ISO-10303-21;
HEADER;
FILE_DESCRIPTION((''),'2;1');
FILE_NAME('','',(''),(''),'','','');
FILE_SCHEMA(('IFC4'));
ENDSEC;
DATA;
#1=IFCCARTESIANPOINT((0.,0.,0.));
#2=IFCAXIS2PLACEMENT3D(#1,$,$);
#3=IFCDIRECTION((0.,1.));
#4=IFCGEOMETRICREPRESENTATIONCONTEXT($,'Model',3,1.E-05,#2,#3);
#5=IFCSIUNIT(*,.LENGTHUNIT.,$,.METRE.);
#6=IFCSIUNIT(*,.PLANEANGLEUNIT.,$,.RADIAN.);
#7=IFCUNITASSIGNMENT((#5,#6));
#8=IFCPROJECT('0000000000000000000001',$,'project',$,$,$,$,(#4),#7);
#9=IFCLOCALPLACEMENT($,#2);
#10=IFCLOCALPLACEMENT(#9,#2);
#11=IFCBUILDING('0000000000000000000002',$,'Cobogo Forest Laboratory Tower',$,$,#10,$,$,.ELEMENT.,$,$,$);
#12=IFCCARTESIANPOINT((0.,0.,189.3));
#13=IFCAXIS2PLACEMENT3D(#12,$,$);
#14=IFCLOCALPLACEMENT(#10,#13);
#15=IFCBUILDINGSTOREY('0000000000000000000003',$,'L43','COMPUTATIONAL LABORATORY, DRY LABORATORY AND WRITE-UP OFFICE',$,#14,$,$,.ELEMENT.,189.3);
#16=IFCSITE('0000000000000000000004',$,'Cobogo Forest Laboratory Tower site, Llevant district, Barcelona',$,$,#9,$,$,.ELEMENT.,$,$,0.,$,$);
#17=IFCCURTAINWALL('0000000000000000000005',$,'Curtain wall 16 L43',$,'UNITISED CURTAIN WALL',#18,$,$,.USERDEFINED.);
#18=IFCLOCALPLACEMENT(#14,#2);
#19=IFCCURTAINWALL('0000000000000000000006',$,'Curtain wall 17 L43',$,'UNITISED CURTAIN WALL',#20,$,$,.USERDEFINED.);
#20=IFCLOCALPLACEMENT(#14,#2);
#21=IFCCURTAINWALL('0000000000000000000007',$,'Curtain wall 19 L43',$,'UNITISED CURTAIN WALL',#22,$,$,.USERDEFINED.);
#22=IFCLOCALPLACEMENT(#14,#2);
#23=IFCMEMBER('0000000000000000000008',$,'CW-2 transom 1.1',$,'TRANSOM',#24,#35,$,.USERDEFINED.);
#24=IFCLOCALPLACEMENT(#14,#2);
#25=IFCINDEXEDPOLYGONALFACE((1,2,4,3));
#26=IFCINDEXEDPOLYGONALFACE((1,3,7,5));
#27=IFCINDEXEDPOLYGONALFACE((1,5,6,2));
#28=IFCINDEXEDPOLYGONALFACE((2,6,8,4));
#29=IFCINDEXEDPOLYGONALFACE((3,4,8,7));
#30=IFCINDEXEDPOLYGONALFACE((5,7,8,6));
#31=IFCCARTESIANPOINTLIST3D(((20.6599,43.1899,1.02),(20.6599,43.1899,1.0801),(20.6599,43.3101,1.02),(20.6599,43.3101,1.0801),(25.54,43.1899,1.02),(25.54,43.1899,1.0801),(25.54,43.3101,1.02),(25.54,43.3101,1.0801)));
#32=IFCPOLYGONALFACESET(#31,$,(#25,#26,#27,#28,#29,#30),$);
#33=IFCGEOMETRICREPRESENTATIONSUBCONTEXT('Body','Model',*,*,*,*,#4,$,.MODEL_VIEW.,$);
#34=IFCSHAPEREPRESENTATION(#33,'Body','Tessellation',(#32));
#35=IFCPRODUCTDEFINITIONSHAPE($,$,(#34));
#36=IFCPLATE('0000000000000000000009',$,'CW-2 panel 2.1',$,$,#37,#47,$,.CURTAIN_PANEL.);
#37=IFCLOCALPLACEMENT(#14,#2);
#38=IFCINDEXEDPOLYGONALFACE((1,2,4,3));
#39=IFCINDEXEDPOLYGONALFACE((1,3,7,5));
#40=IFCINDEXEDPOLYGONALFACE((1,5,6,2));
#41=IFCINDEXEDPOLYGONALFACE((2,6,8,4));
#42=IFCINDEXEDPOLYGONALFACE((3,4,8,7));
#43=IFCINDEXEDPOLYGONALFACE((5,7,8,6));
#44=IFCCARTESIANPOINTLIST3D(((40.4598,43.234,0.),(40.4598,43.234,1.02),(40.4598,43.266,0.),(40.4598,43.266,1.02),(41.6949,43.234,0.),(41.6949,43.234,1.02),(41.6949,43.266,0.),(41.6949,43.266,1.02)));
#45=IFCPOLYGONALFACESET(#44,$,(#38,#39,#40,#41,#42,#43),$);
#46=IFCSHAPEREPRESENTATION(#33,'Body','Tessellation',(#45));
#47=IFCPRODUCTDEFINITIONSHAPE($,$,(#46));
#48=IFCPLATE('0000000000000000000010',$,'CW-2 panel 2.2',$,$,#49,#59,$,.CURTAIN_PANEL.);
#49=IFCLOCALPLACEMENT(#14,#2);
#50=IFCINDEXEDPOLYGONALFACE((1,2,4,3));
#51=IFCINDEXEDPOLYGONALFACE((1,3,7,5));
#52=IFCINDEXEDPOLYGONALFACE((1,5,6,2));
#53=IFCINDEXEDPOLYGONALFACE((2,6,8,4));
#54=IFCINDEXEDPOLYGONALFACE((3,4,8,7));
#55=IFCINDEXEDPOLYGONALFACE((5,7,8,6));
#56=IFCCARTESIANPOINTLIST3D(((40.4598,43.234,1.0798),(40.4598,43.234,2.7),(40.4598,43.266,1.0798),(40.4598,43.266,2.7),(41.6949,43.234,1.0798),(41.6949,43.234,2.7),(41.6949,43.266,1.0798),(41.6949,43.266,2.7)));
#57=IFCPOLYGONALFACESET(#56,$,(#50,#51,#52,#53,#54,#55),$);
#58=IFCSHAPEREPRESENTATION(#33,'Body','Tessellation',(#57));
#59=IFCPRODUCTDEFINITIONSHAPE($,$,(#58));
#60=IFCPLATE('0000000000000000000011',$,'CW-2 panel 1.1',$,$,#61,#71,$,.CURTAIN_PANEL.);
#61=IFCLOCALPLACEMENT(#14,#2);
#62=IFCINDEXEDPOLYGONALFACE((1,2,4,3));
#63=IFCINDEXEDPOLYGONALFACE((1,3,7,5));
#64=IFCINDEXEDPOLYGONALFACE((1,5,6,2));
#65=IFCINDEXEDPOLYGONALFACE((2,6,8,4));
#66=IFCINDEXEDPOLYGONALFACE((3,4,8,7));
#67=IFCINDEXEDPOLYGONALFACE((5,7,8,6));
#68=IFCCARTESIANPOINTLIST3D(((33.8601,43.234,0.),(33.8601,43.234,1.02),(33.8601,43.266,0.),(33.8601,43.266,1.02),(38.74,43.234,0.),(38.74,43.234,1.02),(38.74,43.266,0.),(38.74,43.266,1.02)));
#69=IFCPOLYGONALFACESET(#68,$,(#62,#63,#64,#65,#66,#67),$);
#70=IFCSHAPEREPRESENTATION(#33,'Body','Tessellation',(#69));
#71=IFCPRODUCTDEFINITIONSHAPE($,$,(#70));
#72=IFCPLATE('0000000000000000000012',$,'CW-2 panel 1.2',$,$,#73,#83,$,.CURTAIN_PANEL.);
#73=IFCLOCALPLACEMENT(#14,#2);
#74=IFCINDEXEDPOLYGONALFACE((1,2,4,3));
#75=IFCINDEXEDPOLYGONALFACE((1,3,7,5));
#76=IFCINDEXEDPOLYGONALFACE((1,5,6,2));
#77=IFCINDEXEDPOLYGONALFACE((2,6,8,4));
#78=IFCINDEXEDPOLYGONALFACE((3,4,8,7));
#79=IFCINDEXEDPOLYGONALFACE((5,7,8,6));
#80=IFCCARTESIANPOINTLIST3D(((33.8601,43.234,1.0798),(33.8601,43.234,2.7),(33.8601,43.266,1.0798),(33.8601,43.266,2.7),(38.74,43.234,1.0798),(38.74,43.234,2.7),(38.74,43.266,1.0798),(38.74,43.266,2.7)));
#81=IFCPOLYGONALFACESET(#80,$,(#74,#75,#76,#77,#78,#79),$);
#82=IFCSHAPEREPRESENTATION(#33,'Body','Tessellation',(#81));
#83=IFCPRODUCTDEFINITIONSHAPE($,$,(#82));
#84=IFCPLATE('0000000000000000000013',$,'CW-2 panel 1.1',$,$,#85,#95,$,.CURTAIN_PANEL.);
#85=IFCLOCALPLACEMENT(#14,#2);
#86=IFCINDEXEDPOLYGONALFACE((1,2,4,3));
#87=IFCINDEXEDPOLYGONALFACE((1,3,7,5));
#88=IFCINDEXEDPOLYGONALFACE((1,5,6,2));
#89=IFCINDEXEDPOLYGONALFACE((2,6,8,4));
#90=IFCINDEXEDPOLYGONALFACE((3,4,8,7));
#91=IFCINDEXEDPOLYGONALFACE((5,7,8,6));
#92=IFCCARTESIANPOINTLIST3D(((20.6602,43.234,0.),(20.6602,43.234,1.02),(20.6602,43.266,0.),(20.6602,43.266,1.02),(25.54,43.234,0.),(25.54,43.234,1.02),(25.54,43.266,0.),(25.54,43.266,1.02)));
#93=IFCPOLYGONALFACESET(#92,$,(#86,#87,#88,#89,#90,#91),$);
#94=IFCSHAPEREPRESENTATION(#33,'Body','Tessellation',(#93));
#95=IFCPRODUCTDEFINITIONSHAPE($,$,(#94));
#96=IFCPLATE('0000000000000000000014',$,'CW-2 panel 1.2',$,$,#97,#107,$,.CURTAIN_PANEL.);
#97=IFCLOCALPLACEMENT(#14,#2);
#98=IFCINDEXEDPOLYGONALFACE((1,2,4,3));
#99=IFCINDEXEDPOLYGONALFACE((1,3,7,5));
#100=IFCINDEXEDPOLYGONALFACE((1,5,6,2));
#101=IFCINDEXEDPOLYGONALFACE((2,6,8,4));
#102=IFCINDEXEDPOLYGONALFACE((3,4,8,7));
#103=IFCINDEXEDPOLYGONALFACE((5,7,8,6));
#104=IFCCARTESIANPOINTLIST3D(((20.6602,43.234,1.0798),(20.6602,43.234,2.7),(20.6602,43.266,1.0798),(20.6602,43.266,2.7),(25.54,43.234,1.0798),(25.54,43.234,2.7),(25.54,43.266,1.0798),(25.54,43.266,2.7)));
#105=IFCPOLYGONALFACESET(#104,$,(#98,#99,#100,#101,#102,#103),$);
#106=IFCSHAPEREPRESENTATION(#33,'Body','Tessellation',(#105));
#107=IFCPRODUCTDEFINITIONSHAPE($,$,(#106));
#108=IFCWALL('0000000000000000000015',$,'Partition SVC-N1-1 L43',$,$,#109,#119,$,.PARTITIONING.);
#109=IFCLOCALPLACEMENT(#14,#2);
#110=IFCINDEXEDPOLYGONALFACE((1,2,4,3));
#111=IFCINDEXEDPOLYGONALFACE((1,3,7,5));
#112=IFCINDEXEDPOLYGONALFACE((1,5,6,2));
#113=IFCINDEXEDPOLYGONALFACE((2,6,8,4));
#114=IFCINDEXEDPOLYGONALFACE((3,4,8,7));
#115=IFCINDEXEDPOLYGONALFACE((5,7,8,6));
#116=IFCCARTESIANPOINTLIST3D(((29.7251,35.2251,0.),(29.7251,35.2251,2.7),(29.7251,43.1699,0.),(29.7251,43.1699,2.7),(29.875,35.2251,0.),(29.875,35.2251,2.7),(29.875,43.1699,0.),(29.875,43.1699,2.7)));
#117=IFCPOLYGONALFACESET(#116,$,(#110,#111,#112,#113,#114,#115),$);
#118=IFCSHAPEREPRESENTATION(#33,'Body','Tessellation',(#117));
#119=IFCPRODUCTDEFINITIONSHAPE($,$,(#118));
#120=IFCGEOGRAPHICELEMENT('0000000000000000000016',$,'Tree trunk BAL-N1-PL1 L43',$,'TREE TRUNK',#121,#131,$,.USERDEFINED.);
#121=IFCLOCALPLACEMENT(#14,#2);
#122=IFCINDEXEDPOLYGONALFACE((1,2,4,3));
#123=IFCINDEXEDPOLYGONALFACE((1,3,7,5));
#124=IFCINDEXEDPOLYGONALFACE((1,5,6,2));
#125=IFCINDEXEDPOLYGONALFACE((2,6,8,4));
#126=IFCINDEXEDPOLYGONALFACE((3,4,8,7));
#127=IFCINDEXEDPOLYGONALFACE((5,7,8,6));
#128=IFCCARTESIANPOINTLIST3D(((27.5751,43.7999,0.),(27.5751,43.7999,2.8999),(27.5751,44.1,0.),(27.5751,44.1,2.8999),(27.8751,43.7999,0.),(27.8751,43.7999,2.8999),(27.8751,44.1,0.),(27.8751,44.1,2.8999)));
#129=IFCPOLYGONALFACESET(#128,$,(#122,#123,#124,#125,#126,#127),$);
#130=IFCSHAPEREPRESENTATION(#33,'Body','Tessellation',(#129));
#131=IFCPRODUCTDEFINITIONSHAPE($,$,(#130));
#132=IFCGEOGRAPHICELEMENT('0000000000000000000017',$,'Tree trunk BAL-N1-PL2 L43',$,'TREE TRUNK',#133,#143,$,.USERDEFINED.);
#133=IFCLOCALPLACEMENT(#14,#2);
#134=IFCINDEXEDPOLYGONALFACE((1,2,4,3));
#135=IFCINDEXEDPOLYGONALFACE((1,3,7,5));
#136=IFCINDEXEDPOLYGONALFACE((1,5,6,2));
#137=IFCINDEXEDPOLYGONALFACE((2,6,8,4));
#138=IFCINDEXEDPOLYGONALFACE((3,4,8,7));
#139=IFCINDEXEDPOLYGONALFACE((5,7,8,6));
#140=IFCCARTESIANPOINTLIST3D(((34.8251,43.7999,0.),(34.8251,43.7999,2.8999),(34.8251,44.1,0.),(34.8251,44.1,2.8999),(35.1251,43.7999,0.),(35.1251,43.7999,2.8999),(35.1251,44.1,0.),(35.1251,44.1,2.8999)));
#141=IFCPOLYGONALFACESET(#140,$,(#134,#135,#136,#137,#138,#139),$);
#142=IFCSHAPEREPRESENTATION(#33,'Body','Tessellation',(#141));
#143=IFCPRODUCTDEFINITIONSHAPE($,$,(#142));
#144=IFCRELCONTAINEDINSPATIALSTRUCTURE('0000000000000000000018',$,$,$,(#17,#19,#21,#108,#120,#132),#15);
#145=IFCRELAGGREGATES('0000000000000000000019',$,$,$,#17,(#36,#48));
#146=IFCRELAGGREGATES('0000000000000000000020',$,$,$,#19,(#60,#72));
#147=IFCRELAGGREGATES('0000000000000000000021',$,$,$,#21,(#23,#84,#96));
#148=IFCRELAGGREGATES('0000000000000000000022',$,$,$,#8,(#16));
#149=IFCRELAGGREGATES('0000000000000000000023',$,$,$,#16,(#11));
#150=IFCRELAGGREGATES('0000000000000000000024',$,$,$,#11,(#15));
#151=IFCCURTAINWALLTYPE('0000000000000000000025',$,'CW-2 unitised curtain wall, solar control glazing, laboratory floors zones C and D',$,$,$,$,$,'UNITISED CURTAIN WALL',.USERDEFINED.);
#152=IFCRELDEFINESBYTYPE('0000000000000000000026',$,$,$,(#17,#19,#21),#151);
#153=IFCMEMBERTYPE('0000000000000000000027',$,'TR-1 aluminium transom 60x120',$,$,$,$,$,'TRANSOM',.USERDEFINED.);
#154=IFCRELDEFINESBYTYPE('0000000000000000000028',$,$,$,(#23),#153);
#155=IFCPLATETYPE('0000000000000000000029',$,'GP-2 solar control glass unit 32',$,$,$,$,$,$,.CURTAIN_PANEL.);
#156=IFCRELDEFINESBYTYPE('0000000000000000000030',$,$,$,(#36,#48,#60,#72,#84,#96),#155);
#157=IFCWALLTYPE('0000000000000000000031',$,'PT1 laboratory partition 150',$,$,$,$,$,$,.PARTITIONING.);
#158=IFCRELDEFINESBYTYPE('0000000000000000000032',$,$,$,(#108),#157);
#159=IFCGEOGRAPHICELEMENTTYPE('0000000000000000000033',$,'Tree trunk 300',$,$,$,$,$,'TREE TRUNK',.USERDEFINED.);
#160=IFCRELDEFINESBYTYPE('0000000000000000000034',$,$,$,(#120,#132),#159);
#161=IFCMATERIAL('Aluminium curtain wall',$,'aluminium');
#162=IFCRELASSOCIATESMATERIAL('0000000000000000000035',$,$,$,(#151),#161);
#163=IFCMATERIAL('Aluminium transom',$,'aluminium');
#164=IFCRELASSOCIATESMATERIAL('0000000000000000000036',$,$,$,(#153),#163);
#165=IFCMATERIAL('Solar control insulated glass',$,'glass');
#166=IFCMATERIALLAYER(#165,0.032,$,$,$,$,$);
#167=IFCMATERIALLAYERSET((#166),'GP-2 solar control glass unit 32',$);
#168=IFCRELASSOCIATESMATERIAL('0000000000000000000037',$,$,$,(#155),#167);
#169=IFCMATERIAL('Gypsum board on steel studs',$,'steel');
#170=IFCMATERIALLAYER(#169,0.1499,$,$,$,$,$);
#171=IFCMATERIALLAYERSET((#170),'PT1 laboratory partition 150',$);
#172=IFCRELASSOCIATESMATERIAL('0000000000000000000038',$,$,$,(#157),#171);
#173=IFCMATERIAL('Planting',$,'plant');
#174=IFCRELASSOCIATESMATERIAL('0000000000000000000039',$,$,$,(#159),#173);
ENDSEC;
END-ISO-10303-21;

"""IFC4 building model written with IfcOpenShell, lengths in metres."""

from ifc_helpers import new_model, si_unit, direction, frame, frame_2d, origin, origin_2d, place, context, subcontext, project, spatial, rectangle, extrude, material, layer, layer_set, material_profile, profile_set, type_object, element, aggregate, save


model = new_model("IFC4")

# Units and contexts
model_context = context("Model", 3, precision=1e-05, world=origin(), true_north=direction((0.0, 1.0)))
body_context = subcontext(model_context, "Body", "Model", "MODEL_VIEW")
ifc_project = project(units=[si_unit("LENGTHUNIT", "METRE"), si_unit("PLANEANGLEUNIT", "RADIAN")], contexts=[model_context])

# Site, building, storey
site_placement = place(None, origin())
site = spatial("IfcSite", under=ifc_project, at=site_placement, Name="Cobogo Forest Laboratory Tower site, Llevant district, Barcelona", CompositionType="ELEMENT", RefElevation=0.0)
building_placement = place(site_placement, origin())
building = spatial("IfcBuilding", under=site, at=building_placement, Name="Cobogo Forest Laboratory Tower", CompositionType="ELEMENT")
storey_placement = place(building_placement, frame((0.0, 0.0, 189.3)))
storey = spatial("IfcBuildingStorey", under=building, at=storey_placement, Name="L43", Description="COMPUTATIONAL LABORATORY, DRY LABORATORY AND WRITE-UP OFFICE", CompositionType="ELEMENT", Elevation=189.3)

# Curtain wall
ifc_material_1 = material(Name="Aluminium curtain wall", Category="aluminium")
curtain_wall_type = type_object("IfcCurtainWallType", Name="CW-2 unitised curtain wall, solar control glazing, laboratory floors zones C and D", ElementType="UNITISED CURTAIN WALL", PredefinedType="USERDEFINED", material=ifc_material_1)
curtain_wall_1_placement = place(storey_placement, origin())
curtain_wall_1 = element("IfcCurtainWall", 1, at=curtain_wall_1_placement, inside=storey, type_object=curtain_wall_type, Name="Curtain wall 16 L43", ObjectType="UNITISED CURTAIN WALL", PredefinedType="USERDEFINED")

# Curtain walls
curtain_wall_2_placement = place(storey_placement, origin())
curtain_wall_2 = element("IfcCurtainWall", 2, at=curtain_wall_2_placement, inside=storey, type_object=curtain_wall_type, Name="Curtain wall 17 L43", ObjectType="UNITISED CURTAIN WALL", PredefinedType="USERDEFINED")
curtain_wall_3_placement = place(storey_placement, origin())
curtain_wall_3 = element("IfcCurtainWall", 3, at=curtain_wall_3_placement, inside=storey, type_object=curtain_wall_type, Name="Curtain wall 19 L43", ObjectType="UNITISED CURTAIN WALL", PredefinedType="USERDEFINED")

# Member
ifc_material_2 = material(Name="Aluminium transom", Category="aluminium")
ifc_material_profile_1 = material_profile(ifc_material_2, rectangle(XDim=0.1201, YDim=0.0601, at=origin_2d()), Name="AL 60x120")
ifc_profile_set_1 = profile_set([ifc_material_profile_1], Name="Aluminium transom")
member_type_1 = type_object("IfcMemberType", Name="TR-1 aluminium transom 60x120", ElementType="TRANSOM", PredefinedType="USERDEFINED", material=ifc_profile_set_1)
member_1_placement = place(storey_placement, frame((25.54, 43.25, 1.05), z_axis=(-1.0, 0.0, 0.0), x_axis=(0.0, -1.0, 0.0)))
member_1 = element("IfcMember", 4, at=member_1_placement, type_object=member_type_1, Name="CW-2 transom 1.1", ObjectType="TRANSOM", PredefinedType="USERDEFINED", context=body_context, shape_type="SweptSolid", body=[
    extrude(rectangle(XDim=0.1201, YDim=0.0601, at=origin_2d()), origin(), (0.0, 0.0, 1.0), 4.8801),
])

# Plates
ifc_material_3 = material(Name="Solar control insulated glass", Category="glass")
ifc_layer_1 = layer(ifc_material_3, 0.032)
ifc_layer_set_1 = layer_set([ifc_layer_1], Name="GP-2 solar control glass unit 32")
plate_type_1 = type_object("IfcPlateType", Name="GP-2 solar control glass unit 32", PredefinedType="CURTAIN_PANEL", material=ifc_layer_set_1)
plate_1_placement = place(storey_placement, frame((41.0774, 43.25, 0.0), z_axis=(0.0, 0.0, 1.0), x_axis=(-1.0, 0.0, 0.0)))
plate_1 = element("IfcPlate", 5, at=plate_1_placement, type_object=plate_type_1, Name="CW-2 panel 2.1", PredefinedType="CURTAIN_PANEL", context=body_context, shape_type="SweptSolid", body=[
    extrude(rectangle(XDim=1.2351, YDim=0.032, at=origin_2d()), origin(), (0.0, 0.0, 1.0), 1.02),
])
plate_2_placement = place(storey_placement, frame((41.0774, 43.25, 1.0798), z_axis=(0.0, 0.0, 1.0), x_axis=(-1.0, 0.0, 0.0)))
plate_2 = element("IfcPlate", 6, at=plate_2_placement, type_object=plate_type_1, Name="CW-2 panel 2.2", PredefinedType="CURTAIN_PANEL", context=body_context, shape_type="SweptSolid", body=[
    extrude(rectangle(XDim=1.2351, YDim=0.032, at=origin_2d()), origin(), (0.0, 0.0, 1.0), 1.6201),
])
aggregate(curtain_wall_1, [plate_1, plate_2])
plate_3_placement = place(storey_placement, frame((36.3, 43.25, 0.0), z_axis=(0.0, 0.0, 1.0), x_axis=(-1.0, 0.0, 0.0)))
plate_3 = element("IfcPlate", 7, at=plate_3_placement, type_object=plate_type_1, Name="CW-2 panel 1.1", PredefinedType="CURTAIN_PANEL", context=body_context, shape_type="SweptSolid", body=[
    extrude(rectangle(XDim=4.8799, YDim=0.032, at=origin_2d()), origin(), (0.0, 0.0, 1.0), 1.02),
])
plate_4_placement = place(storey_placement, frame((36.3, 43.25, 1.0798), z_axis=(0.0, 0.0, 1.0), x_axis=(-1.0, 0.0, 0.0)))
plate_4 = element("IfcPlate", 8, at=plate_4_placement, type_object=plate_type_1, Name="CW-2 panel 1.2", PredefinedType="CURTAIN_PANEL", context=body_context, shape_type="SweptSolid", body=[
    extrude(rectangle(XDim=4.8799, YDim=0.032, at=origin_2d()), origin(), (0.0, 0.0, 1.0), 1.6201),
])
aggregate(curtain_wall_2, [plate_3, plate_4])
plate_5_placement = place(storey_placement, frame((23.1001, 43.25, 0.0), z_axis=(0.0, 0.0, 1.0), x_axis=(-1.0, 0.0, 0.0)))
plate_5 = element("IfcPlate", 9, at=plate_5_placement, type_object=plate_type_1, Name="CW-2 panel 1.1", PredefinedType="CURTAIN_PANEL", context=body_context, shape_type="SweptSolid", body=[
    extrude(rectangle(XDim=4.8799, YDim=0.032, at=origin_2d()), origin(), (0.0, 0.0, 1.0), 1.02),
])
plate_6_placement = place(storey_placement, frame((23.1001, 43.25, 1.0798), z_axis=(0.0, 0.0, 1.0), x_axis=(-1.0, 0.0, 0.0)))
plate_6 = element("IfcPlate", 10, at=plate_6_placement, type_object=plate_type_1, Name="CW-2 panel 1.2", PredefinedType="CURTAIN_PANEL", context=body_context, shape_type="SweptSolid", body=[
    extrude(rectangle(XDim=4.8799, YDim=0.032, at=origin_2d()), origin(), (0.0, 0.0, 1.0), 1.6201),
])
aggregate(curtain_wall_3, [member_1, plate_5, plate_6])

# Wall
ifc_material_4 = material(Name="Gypsum board on steel studs", Category="steel")
ifc_layer_2 = layer(ifc_material_4, 0.1499)
ifc_layer_set_2 = layer_set([ifc_layer_2], Name="PT1 laboratory partition 150")
wall_type_1 = type_object("IfcWallType", Name="PT1 laboratory partition 150", PredefinedType="PARTITIONING", material=ifc_layer_set_2)
wall_1_placement = place(storey_placement, frame((29.8, 43.1699, 0.0), z_axis=(0.0, 0.0, 1.0), x_axis=(0.0, -1.0, 0.0)))
element("IfcWall", 11, at=wall_1_placement, inside=storey, type_object=wall_type_1, Name="Partition SVC-N1-1 L43", PredefinedType="PARTITIONING", context=body_context, shape_type="SweptSolid", body=[
    extrude(rectangle(XDim=7.9448, YDim=0.1499, at=frame_2d((3.9724, 0.0))), origin(), (0.0, 0.0, 1.0), 2.7),
])

# Geographic elements
ifc_material_5 = material(Name="Planting", Category="plant")
geographic_element_type = type_object("IfcGeographicElementType", Name="Tree trunk 300", ElementType="TREE TRUNK", PredefinedType="USERDEFINED", material=ifc_material_5)
for number, where, z_axis, x_axis, name in (
    (12, (27.7251, 43.95, 0.0), (0.0, 0.0, 1.0), (1.0, 0.0, 0.0), "Tree trunk BAL-N1-PL1 L43"),
    (13, (34.9751, 43.95, 0.0), (0.0, 0.0, 1.0), (1.0, 0.0, 0.0), "Tree trunk BAL-N1-PL2 L43"),
):
    element("IfcGeographicElement", number, at=place(storey_placement, frame(where, z_axis=z_axis, x_axis=x_axis)), inside=storey, type_object=geographic_element_type, Name=name, ObjectType="TREE TRUNK", PredefinedType="USERDEFINED", context=body_context, shape_type="SweptSolid", body=[
        extrude(rectangle(XDim=0.3, YDim=0.3, at=origin_2d()), origin(), (0.0, 0.0, 1.0), 2.8999),
    ])

save(model, "model.ifc")
